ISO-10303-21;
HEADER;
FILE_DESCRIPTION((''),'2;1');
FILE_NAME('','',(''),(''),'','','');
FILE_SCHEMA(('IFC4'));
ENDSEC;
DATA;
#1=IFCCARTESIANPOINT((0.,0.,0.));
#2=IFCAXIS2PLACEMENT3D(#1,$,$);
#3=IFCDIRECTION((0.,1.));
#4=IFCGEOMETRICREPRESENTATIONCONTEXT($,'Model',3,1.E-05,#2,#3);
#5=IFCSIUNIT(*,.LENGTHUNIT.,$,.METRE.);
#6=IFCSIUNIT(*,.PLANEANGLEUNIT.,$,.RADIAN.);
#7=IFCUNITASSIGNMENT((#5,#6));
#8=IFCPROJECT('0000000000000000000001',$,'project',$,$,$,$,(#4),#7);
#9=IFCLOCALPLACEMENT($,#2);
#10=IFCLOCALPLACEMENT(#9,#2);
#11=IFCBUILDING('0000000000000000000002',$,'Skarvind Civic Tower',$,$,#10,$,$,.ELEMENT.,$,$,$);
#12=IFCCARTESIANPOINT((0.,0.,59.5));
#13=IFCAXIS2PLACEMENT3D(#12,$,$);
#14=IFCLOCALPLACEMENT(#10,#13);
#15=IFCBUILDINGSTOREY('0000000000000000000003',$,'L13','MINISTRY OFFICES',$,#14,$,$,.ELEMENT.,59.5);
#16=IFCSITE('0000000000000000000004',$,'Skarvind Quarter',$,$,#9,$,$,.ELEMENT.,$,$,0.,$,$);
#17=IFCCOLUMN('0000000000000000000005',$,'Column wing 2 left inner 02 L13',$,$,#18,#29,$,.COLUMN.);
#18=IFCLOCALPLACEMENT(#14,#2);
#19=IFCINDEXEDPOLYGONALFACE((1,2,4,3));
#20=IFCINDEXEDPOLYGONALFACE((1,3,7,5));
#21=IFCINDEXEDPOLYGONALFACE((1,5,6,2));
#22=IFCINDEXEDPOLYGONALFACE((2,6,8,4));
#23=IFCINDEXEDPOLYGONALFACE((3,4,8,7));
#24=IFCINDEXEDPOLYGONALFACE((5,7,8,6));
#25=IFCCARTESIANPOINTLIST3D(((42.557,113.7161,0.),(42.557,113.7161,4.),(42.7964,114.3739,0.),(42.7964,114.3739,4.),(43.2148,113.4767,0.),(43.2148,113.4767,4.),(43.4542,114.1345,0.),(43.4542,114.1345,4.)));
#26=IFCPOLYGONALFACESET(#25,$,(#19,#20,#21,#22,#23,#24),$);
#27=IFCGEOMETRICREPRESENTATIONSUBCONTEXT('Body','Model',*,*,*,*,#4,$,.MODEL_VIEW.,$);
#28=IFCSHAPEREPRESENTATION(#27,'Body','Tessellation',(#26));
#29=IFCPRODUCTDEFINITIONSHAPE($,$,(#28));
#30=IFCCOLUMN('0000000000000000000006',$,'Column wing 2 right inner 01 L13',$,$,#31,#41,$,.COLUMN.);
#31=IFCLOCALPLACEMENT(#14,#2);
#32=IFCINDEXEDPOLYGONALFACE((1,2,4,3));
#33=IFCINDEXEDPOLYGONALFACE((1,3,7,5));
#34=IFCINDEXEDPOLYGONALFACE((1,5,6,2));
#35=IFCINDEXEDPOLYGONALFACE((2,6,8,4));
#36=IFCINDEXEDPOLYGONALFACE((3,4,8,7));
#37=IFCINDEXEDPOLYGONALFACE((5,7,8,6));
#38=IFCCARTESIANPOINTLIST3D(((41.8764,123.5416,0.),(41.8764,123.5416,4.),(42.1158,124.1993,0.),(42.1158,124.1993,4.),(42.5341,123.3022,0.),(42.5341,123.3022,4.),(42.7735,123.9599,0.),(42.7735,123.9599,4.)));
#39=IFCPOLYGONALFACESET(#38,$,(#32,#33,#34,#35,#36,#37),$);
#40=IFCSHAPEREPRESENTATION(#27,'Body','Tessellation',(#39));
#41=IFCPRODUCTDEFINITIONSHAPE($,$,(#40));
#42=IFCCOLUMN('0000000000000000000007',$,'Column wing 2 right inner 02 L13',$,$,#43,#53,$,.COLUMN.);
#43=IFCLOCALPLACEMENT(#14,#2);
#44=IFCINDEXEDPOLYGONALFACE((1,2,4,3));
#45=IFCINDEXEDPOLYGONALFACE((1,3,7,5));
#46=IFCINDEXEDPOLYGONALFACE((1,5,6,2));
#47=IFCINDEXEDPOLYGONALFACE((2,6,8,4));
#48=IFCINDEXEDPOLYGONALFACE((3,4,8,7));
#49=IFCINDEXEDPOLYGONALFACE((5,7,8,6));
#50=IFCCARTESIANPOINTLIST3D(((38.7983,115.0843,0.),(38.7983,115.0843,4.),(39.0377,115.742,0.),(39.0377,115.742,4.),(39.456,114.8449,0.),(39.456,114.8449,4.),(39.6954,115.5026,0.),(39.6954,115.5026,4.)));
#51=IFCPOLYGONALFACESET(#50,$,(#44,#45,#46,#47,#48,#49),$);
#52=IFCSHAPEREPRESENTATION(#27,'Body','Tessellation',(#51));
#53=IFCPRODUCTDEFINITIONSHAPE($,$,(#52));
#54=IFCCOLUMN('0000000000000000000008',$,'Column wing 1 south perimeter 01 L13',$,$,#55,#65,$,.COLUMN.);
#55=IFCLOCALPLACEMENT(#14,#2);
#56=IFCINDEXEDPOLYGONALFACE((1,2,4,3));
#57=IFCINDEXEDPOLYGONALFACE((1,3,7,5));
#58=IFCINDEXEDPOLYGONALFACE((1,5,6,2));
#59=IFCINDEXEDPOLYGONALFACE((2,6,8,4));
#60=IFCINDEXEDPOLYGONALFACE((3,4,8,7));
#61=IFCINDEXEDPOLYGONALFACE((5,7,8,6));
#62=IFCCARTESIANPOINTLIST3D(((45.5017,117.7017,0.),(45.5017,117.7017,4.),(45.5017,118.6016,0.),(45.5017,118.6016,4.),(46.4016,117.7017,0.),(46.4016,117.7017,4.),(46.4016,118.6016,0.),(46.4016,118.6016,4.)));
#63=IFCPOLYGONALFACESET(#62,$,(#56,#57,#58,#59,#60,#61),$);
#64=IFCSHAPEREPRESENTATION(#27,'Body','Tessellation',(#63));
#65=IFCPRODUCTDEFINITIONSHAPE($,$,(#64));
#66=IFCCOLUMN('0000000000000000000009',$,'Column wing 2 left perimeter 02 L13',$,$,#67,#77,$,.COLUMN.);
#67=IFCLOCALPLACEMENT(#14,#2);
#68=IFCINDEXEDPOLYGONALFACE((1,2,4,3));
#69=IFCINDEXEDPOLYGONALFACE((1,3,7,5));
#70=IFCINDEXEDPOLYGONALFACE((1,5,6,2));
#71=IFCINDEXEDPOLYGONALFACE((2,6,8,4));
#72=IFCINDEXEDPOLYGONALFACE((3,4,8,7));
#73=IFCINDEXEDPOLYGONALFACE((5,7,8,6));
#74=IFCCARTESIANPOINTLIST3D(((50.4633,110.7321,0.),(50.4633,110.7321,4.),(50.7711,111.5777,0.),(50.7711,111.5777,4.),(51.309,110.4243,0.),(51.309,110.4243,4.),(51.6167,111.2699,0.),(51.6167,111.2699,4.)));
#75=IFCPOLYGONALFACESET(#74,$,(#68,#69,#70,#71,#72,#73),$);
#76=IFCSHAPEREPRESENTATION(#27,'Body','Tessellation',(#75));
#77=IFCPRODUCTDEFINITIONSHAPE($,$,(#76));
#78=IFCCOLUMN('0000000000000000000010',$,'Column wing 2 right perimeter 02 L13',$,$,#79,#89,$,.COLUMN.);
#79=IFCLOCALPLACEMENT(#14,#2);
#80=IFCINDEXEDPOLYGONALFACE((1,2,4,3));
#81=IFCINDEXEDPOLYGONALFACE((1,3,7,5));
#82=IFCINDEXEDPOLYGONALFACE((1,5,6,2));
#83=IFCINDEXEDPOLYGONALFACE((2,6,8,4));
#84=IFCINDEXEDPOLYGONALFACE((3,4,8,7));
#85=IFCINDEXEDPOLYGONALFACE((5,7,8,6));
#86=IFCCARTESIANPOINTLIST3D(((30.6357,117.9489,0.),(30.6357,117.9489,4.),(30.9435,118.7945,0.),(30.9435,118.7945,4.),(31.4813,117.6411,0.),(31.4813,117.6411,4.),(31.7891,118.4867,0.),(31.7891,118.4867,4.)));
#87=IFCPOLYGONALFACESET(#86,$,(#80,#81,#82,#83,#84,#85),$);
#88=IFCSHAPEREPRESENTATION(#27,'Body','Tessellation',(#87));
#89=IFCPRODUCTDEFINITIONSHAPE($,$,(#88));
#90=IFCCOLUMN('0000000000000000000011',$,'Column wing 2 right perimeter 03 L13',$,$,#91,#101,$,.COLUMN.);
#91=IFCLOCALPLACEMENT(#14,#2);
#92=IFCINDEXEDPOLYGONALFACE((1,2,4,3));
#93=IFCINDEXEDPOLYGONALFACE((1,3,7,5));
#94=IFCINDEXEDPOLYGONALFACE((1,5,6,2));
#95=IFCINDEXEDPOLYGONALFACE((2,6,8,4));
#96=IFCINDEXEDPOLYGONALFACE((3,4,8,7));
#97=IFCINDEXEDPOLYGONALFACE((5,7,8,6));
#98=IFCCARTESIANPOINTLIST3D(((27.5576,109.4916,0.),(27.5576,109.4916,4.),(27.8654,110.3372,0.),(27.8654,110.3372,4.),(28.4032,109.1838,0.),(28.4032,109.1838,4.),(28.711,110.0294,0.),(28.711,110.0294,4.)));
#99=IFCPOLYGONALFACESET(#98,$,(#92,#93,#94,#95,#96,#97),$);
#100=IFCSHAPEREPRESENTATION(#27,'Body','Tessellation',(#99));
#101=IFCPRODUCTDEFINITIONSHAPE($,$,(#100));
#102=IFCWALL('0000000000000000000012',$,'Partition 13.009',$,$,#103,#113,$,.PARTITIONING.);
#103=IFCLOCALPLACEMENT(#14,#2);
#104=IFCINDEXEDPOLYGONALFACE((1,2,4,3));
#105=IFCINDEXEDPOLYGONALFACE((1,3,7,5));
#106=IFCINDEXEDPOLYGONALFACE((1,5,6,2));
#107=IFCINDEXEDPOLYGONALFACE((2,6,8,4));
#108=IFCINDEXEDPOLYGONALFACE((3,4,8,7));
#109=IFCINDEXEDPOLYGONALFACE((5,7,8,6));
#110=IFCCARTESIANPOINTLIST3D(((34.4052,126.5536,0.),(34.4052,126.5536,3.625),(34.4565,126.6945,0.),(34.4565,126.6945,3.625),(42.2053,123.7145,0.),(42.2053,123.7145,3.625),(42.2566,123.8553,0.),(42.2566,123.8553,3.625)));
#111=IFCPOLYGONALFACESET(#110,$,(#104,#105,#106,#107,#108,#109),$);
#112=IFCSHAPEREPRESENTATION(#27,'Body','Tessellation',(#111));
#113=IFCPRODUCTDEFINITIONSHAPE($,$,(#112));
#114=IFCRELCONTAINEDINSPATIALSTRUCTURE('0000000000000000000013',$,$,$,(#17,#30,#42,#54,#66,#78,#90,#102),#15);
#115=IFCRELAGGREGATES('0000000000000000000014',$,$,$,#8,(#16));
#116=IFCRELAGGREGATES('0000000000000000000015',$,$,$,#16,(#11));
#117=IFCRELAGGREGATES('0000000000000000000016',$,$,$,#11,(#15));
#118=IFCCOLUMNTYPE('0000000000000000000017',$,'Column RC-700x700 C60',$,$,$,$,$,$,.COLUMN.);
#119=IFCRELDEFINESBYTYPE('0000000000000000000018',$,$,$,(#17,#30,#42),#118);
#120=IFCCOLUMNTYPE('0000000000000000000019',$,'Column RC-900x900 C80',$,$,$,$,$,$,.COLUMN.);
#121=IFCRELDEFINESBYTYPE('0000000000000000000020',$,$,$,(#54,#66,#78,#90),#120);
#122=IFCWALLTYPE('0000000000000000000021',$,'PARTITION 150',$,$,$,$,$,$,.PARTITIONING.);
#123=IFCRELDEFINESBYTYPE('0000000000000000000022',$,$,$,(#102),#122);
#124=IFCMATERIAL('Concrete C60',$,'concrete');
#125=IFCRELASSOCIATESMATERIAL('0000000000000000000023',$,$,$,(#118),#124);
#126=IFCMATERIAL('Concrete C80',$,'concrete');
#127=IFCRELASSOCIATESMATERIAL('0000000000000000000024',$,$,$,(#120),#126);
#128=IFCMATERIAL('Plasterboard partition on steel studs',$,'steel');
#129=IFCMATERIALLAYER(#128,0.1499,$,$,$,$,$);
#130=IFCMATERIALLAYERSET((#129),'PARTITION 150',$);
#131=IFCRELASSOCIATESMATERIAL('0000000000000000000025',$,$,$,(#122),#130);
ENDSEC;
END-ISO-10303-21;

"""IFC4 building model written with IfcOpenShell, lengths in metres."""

from ifc_helpers import new_model, si_unit, direction, frame, frame_2d, origin, origin_2d, place, context, subcontext, project, spatial, rectangle, extrude, material, layer, layer_set, material_profile, profile_set, type_object, element, save


model = new_model("IFC4")

# Units and contexts
model_context = context("Model", 3, precision=1e-05, world=origin(), true_north=direction((0.0, 1.0)))
body_context = subcontext(model_context, "Body", "Model", "MODEL_VIEW")
ifc_project = project(units=[si_unit("LENGTHUNIT", "METRE"), si_unit("PLANEANGLEUNIT", "RADIAN")], contexts=[model_context])

# Site, building, storey
site_placement = place(None, origin())
site = spatial("IfcSite", under=ifc_project, at=site_placement, Name="Skarvind Quarter", CompositionType="ELEMENT", RefElevation=0.0)
building_placement = place(site_placement, origin())
building = spatial("IfcBuilding", under=site, at=building_placement, Name="Skarvind Civic Tower", CompositionType="ELEMENT")
storey_placement = place(building_placement, frame((0.0, 0.0, 59.5)))
storey = spatial("IfcBuildingStorey", under=building, at=storey_placement, Name="L13", Description="MINISTRY OFFICES", CompositionType="ELEMENT", Elevation=59.5)

# Columns
ifc_material_1 = material(Name="Concrete C60", Category="concrete")
ifc_material_profile_1 = material_profile(ifc_material_1, rectangle(XDim=0.7, YDim=0.7, at=origin_2d()), Name="RC-700x700")
ifc_profile_set_1 = profile_set([ifc_material_profile_1], Name="Concrete C60")
column_type_1 = type_object("IfcColumnType", Name="Column RC-700x700 C60", PredefinedType="COLUMN", material=ifc_profile_set_1)
for number, where, z_axis, x_axis, name in (
    (1, (43.0056, 113.9253, 0.0), (0.0, 0.0, 1.0), (-0.34202, -0.939693, 0.0), "Column wing 2 left inner 02 L13"),
    (2, (42.325, 123.7507, 0.0), (0.0, 0.0, 1.0), (-0.34202, -0.939693, 0.0), "Column wing 2 right inner 01 L13"),
    (3, (39.2468, 115.2935, 0.0), (0.0, 0.0, 1.0), (-0.34202, -0.939693, 0.0), "Column wing 2 right inner 02 L13"),
):
    element("IfcColumn", number, at=place(storey_placement, frame(where, z_axis=z_axis, x_axis=x_axis)), inside=storey, type_object=column_type_1, Name=name, PredefinedType="COLUMN", context=body_context, shape_type="SweptSolid", body=[
        extrude(rectangle(XDim=0.7, YDim=0.7, at=origin_2d()), origin(), (0.0, 0.0, 1.0), 4.0),
    ])
ifc_material_2 = material(Name="Concrete C80", Category="concrete")
ifc_material_profile_2 = material_profile(ifc_material_2, rectangle(XDim=0.8999, YDim=0.8999, at=origin_2d()), Name="RC-900x900")
ifc_profile_set_2 = profile_set([ifc_material_profile_2], Name="Concrete C80")
column_type_2 = type_object("IfcColumnType", Name="Column RC-900x900 C80", PredefinedType="COLUMN", material=ifc_profile_set_2)
for number, where, z_axis, x_axis, name in (
    (4, (45.9517, 118.1516, 0.0), (0.0, 0.0, 1.0), (1.0, 0.0, 0.0), "Column wing 1 south perimeter 01 L13"),
    (5, (51.04, 111.001, 0.0), (0.0, 0.0, 1.0), (-0.34202, -0.939693, 0.0), "Column wing 2 left perimeter 02 L13"),
    (6, (31.2124, 118.2178, 0.0), (0.0, 0.0, 1.0), (-0.34202, -0.939693, 0.0), "Column wing 2 right perimeter 02 L13"),
    (7, (28.1343, 109.7605, 0.0), (0.0, 0.0, 1.0), (-0.34202, -0.939693, 0.0), "Column wing 2 right perimeter 03 L13"),
):
    element("IfcColumn", number, at=place(storey_placement, frame(where, z_axis=z_axis, x_axis=x_axis)), inside=storey, type_object=column_type_2, Name=name, PredefinedType="COLUMN", context=body_context, shape_type="SweptSolid", body=[
        extrude(rectangle(XDim=0.8999, YDim=0.8999, at=origin_2d()), origin(), (0.0, 0.0, 1.0), 4.0),
    ])

# Wall
ifc_material_3 = material(Name="Plasterboard partition on steel studs", Category="steel")
ifc_layer_1 = layer(ifc_material_3, 0.1499)
ifc_layer_set_1 = layer_set([ifc_layer_1], Name="PARTITION 150")
wall_type_1 = type_object("IfcWallType", Name="PARTITION 150", PredefinedType="PARTITIONING", material=ifc_layer_set_1)
wall_1_placement = place(storey_placement, frame((42.231, 123.7849, 0.0), z_axis=(0.0, 0.0, 1.0), x_axis=(-0.939688, 0.342034, 0.0)))
element("IfcWall", 8, at=wall_1_placement, inside=storey, type_object=wall_type_1, Name="Partition 13.009", PredefinedType="PARTITIONING", context=body_context, shape_type="SweptSolid", body=[
    extrude(rectangle(XDim=8.3008, YDim=0.1499, at=frame_2d((4.1504, 0.0))), origin(), (0.0, 0.0, 1.0), 3.625),
])

save(model, "model.ifc")
